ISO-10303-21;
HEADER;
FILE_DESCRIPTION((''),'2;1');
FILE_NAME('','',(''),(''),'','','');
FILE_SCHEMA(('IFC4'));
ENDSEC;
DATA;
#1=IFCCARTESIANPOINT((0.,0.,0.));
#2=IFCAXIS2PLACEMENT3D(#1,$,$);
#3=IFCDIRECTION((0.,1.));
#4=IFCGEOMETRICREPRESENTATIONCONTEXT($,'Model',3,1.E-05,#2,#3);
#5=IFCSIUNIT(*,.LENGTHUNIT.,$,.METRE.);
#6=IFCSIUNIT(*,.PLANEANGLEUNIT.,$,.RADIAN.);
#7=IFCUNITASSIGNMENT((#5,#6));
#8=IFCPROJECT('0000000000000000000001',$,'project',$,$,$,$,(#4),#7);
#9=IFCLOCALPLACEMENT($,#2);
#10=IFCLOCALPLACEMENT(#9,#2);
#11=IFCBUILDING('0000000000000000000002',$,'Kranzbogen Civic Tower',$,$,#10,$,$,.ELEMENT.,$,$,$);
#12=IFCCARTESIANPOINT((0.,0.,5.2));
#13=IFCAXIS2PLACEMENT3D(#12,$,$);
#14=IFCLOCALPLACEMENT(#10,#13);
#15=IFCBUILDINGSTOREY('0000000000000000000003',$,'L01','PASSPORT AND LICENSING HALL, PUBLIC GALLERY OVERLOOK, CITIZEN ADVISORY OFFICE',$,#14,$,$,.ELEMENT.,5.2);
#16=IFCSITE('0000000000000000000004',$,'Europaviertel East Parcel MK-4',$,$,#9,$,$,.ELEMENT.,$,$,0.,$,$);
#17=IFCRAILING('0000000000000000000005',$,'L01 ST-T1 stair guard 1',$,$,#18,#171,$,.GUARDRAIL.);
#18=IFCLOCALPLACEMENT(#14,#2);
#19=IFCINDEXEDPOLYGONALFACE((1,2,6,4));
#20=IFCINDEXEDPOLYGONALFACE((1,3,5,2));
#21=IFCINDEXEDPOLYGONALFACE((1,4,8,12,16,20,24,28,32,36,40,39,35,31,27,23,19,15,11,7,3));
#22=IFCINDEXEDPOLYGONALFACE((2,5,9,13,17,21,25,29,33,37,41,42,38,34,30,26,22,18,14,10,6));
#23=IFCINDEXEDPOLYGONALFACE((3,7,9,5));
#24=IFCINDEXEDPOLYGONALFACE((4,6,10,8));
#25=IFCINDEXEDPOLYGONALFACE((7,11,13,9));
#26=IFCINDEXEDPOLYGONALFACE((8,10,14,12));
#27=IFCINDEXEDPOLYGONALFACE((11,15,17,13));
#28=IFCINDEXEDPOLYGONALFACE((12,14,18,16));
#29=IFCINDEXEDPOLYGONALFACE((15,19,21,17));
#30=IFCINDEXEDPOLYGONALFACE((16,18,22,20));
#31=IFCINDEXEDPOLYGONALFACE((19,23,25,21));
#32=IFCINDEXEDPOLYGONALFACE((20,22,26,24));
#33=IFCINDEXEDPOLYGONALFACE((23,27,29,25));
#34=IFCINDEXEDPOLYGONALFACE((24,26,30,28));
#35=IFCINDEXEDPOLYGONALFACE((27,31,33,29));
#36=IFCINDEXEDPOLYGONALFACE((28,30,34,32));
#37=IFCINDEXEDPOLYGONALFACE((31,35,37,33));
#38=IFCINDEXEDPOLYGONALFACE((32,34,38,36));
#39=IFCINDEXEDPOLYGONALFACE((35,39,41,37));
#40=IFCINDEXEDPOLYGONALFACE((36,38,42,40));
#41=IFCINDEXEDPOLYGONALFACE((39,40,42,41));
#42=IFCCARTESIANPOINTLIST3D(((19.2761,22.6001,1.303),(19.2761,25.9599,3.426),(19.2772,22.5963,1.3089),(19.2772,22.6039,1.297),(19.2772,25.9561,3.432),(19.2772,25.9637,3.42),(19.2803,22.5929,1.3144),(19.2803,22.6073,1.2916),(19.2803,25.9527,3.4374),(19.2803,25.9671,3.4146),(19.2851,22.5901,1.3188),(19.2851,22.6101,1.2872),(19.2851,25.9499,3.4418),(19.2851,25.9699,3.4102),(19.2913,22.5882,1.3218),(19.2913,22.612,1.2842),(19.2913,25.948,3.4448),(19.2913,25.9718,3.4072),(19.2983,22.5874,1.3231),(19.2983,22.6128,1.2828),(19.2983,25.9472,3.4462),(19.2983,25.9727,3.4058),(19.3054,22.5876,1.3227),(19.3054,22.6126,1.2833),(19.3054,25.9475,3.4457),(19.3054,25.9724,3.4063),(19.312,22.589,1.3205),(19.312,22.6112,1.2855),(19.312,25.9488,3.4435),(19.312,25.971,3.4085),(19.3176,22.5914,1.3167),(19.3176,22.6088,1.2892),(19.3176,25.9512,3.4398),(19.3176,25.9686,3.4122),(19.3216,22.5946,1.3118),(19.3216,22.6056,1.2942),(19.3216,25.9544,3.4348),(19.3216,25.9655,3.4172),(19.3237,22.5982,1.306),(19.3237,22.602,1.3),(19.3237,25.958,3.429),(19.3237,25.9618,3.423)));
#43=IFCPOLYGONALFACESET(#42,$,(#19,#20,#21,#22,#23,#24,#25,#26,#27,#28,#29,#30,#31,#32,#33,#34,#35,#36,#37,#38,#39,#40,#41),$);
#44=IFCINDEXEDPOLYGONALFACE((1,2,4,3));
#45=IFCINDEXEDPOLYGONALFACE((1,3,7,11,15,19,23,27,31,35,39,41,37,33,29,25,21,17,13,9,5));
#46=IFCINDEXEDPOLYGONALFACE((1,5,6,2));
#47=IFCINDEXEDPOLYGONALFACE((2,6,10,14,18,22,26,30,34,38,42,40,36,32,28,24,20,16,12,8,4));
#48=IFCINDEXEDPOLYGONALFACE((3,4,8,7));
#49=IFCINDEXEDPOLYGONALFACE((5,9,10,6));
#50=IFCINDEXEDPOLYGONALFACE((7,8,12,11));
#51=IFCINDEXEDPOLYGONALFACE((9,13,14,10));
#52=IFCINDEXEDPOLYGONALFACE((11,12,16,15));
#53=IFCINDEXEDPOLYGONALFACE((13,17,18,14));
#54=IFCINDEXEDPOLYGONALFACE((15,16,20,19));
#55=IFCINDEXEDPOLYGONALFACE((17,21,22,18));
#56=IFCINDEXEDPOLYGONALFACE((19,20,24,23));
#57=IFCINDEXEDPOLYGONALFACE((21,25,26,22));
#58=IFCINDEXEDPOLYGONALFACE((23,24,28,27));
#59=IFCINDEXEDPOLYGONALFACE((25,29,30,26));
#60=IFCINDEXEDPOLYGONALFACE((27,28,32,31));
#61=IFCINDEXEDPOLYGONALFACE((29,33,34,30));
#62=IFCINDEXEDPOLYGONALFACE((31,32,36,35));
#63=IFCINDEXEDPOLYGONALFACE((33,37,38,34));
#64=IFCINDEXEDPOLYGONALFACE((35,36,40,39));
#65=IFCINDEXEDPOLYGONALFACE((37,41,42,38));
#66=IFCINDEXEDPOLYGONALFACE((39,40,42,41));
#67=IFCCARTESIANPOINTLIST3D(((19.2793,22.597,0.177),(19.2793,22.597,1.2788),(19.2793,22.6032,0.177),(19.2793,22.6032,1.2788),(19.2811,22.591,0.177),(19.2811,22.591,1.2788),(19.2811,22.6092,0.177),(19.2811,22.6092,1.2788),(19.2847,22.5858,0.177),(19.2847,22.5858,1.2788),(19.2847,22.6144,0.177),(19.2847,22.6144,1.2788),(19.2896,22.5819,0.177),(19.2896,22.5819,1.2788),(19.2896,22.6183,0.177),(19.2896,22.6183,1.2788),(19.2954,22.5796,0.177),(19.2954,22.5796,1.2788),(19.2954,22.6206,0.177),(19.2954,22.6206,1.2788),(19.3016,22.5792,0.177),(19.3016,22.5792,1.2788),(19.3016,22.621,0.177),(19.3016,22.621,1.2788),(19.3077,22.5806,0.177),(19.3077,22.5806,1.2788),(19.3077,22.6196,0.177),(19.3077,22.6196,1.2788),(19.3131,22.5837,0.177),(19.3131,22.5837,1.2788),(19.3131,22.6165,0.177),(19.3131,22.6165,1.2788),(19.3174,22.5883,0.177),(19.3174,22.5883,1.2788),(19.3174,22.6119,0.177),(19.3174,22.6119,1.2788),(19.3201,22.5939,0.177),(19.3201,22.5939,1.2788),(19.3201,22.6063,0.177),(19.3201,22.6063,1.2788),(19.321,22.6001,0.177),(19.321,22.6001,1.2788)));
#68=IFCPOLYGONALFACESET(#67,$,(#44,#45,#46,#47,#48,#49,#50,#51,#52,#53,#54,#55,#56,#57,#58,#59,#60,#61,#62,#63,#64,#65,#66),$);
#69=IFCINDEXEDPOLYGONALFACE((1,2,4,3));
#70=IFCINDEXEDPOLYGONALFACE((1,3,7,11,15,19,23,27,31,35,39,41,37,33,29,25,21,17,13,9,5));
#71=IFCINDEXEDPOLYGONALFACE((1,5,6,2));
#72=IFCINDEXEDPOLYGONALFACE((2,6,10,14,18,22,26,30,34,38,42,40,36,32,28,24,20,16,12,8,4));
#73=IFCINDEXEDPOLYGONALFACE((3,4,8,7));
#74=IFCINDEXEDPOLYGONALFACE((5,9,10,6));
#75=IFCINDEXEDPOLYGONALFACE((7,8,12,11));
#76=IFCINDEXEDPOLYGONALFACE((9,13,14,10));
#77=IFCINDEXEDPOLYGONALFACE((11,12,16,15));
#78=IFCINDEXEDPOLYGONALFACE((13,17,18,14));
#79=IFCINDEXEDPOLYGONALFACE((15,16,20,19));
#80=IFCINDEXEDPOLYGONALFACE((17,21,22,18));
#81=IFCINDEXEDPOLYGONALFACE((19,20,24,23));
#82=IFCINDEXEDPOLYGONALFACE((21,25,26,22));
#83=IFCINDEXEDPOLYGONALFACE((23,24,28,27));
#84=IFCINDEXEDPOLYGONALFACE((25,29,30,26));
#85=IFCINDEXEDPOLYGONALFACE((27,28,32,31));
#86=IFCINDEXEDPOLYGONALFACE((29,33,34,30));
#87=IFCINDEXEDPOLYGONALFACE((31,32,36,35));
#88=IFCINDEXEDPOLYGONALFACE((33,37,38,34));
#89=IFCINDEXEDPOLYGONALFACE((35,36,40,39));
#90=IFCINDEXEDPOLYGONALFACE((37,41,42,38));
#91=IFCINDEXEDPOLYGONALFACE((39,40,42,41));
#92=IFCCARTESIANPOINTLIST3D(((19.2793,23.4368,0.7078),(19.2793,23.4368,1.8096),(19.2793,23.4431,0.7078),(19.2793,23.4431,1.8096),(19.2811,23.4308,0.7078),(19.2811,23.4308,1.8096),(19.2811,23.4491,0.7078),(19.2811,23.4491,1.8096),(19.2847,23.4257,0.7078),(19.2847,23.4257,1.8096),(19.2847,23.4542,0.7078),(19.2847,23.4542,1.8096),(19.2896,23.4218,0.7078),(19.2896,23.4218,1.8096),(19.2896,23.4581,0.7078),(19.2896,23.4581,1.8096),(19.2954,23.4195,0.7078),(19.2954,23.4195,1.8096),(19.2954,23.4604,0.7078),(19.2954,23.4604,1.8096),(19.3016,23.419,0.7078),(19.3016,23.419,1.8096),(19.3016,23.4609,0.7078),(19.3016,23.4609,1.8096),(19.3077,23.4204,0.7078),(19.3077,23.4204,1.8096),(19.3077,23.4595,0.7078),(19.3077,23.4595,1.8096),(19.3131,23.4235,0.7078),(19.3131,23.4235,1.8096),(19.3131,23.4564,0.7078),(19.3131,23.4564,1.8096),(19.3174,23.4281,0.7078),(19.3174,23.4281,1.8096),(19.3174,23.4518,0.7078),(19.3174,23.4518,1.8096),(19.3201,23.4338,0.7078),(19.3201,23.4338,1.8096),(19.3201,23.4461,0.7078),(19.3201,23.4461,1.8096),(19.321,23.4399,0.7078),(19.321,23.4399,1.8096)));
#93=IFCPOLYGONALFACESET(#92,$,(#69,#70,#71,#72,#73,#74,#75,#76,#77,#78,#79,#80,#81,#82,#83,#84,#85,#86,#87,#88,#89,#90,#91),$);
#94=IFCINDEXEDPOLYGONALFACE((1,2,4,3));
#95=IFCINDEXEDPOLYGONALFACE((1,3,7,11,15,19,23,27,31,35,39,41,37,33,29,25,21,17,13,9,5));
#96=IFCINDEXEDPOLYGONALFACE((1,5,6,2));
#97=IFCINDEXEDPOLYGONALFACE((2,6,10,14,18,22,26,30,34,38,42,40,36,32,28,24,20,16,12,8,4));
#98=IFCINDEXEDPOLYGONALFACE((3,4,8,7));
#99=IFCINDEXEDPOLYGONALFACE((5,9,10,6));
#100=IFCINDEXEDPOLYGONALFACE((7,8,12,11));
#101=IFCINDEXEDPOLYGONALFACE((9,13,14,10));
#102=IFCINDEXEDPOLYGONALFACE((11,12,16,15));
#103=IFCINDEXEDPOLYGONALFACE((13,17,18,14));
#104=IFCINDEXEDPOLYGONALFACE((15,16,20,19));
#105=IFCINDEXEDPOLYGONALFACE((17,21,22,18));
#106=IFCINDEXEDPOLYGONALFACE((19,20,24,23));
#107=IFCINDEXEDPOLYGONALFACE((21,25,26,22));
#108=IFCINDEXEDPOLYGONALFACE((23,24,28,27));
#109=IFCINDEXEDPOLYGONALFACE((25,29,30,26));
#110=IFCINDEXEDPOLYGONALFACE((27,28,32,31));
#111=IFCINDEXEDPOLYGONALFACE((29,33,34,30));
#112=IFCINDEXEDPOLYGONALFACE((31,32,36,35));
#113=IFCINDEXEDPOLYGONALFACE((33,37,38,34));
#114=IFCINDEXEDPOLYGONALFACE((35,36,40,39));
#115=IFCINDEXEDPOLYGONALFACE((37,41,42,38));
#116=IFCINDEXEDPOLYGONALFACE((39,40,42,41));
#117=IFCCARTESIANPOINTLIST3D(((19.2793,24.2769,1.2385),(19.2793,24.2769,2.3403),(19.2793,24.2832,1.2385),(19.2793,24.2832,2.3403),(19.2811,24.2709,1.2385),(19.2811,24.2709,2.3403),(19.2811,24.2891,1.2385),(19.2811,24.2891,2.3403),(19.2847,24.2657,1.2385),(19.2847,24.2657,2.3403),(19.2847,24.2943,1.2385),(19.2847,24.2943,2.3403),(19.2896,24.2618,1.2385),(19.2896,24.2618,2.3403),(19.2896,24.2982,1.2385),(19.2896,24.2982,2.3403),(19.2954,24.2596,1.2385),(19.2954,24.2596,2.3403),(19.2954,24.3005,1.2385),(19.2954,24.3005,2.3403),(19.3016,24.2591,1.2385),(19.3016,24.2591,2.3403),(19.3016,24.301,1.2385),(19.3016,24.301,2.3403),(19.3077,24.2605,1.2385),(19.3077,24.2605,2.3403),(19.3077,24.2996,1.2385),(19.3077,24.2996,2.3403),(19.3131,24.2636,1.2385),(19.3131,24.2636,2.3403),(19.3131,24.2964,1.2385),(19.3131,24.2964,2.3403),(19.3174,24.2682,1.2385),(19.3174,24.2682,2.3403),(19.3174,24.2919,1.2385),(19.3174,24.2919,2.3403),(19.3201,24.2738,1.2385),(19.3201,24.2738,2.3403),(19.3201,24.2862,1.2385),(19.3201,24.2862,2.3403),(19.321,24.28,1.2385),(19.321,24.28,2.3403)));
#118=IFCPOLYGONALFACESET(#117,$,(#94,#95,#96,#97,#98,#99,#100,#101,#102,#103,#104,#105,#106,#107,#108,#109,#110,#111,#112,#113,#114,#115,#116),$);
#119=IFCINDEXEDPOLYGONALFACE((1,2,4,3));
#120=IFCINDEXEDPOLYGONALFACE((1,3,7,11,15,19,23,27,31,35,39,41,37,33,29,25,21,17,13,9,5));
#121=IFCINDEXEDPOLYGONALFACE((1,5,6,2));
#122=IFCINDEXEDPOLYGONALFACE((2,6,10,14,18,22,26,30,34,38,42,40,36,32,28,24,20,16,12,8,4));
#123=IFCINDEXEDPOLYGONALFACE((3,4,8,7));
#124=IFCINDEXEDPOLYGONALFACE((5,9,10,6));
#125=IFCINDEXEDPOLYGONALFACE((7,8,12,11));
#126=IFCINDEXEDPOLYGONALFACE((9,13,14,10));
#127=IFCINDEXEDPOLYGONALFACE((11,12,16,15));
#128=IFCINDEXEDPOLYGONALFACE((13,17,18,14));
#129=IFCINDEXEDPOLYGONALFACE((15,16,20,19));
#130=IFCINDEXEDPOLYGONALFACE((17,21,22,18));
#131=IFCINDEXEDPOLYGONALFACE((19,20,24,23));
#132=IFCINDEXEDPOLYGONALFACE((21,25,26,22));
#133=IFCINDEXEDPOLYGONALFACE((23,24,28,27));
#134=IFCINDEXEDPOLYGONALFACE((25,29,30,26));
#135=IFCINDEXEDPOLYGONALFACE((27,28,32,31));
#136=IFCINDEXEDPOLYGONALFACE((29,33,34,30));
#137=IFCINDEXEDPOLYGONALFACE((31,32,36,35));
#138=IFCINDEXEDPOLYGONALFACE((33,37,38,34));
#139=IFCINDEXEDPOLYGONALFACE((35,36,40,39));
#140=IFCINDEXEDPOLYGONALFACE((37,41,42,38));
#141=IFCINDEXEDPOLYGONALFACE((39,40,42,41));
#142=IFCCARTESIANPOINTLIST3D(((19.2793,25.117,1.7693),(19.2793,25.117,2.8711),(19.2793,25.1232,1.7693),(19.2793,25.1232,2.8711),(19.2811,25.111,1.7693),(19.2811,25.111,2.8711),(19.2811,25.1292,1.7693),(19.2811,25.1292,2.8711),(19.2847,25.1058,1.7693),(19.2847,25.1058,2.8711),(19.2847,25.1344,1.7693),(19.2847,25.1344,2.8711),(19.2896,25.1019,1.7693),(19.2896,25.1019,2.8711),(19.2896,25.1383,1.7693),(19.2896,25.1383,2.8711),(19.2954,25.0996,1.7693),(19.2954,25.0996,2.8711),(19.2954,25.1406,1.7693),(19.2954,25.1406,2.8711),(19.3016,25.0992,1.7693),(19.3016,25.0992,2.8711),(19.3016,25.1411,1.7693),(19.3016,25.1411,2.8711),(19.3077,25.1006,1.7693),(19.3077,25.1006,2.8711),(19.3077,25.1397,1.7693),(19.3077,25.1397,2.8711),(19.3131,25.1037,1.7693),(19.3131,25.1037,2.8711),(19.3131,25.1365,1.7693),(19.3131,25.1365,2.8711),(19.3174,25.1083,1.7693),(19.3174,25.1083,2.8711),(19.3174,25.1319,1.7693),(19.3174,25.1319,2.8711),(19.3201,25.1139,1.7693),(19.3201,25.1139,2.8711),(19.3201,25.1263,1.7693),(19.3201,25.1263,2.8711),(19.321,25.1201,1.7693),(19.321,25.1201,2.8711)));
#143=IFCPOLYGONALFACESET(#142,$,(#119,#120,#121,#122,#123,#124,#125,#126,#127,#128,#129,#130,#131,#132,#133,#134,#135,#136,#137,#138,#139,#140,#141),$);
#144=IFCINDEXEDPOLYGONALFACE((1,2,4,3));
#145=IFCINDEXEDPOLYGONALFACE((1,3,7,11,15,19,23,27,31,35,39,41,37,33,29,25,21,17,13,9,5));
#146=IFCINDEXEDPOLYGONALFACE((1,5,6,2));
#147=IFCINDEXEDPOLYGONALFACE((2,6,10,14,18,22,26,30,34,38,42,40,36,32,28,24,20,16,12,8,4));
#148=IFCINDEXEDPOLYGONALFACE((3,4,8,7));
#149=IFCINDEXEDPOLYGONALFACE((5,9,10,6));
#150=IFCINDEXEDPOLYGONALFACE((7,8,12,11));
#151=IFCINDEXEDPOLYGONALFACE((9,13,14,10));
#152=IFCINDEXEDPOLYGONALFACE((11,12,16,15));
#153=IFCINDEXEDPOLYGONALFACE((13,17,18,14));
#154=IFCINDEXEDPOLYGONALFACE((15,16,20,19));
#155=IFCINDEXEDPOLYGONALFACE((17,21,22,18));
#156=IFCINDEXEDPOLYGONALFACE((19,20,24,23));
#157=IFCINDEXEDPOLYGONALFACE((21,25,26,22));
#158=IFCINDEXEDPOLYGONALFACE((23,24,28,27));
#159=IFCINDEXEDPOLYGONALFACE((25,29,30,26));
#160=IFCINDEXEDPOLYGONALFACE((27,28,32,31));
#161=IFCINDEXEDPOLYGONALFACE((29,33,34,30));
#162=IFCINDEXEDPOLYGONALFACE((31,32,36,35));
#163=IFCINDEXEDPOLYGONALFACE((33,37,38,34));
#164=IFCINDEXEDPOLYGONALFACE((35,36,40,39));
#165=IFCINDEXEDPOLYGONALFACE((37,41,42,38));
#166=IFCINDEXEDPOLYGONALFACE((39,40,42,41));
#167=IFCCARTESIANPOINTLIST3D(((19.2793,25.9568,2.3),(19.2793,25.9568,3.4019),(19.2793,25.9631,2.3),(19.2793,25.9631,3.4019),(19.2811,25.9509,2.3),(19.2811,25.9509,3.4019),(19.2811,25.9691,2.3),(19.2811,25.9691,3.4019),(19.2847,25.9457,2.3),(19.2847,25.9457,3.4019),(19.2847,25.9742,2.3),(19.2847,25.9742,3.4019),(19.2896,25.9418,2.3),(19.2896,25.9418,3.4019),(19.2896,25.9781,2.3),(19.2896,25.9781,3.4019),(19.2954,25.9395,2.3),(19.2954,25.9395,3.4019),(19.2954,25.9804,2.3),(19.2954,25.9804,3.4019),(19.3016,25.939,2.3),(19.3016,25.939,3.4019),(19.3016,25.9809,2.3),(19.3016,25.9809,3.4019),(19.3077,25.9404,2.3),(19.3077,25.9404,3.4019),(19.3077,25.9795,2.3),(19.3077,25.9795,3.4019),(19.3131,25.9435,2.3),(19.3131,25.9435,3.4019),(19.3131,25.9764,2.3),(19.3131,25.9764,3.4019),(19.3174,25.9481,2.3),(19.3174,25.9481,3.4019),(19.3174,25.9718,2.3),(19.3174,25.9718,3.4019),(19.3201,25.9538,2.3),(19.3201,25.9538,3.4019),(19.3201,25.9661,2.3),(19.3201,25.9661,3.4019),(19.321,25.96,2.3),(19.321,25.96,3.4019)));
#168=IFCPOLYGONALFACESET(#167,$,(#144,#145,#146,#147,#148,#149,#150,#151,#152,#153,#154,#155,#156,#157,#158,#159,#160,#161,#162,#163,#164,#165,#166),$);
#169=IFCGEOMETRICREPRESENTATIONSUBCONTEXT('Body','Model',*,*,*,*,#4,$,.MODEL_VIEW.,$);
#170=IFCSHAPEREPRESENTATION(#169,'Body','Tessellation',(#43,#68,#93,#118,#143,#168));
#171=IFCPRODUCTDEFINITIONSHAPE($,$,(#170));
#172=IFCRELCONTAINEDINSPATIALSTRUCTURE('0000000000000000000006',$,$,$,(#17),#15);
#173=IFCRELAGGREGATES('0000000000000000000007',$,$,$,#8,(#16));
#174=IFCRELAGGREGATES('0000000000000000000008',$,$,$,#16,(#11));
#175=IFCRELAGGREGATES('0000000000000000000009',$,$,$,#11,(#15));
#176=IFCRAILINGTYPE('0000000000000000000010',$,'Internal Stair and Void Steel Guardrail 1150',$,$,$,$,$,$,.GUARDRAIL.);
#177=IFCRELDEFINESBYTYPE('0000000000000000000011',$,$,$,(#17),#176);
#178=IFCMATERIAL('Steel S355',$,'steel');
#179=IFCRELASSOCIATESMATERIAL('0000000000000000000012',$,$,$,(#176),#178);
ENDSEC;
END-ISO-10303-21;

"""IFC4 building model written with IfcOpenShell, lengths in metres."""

from ifc_helpers import new_model, si_unit, direction, frame, origin, origin_2d, place, context, subcontext, project, spatial, circle, extrude, material, type_object, element, save


model = new_model("IFC4")

# Units and contexts
model_context = context("Model", 3, precision=1e-05, world=origin(), true_north=direction((0.0, 1.0)))
body_context = subcontext(model_context, "Body", "Model", "MODEL_VIEW")
ifc_project = project(units=[si_unit("LENGTHUNIT", "METRE"), si_unit("PLANEANGLEUNIT", "RADIAN")], contexts=[model_context])

# Site, building, storey
site_placement = place(None, origin())
site = spatial("IfcSite", under=ifc_project, at=site_placement, Name="Europaviertel East Parcel MK-4", CompositionType="ELEMENT", RefElevation=0.0)
building_placement = place(site_placement, origin())
building = spatial("IfcBuilding", under=site, at=building_placement, Name="Kranzbogen Civic Tower", CompositionType="ELEMENT")
storey_placement = place(building_placement, frame((0.0, 0.0, 5.2)))
storey = spatial("IfcBuildingStorey", under=building, at=storey_placement, Name="L01", Description="PASSPORT AND LICENSING HALL, PUBLIC GALLERY OVERLOOK, CITIZEN ADVISORY OFFICE", CompositionType="ELEMENT", Elevation=5.2)

# Shared definitions
ifc_material_1 = material(Name="Steel S355", Category="steel")

# Railing
railing_type_1 = type_object("IfcRailingType", Name="Internal Stair and Void Steel Guardrail 1150", PredefinedType="GUARDRAIL", material=ifc_material_1)
railing_1_placement = place(storey_placement, frame((19.3, 22.6001, 0.177)))
element("IfcRailing", 1, at=railing_1_placement, inside=storey, type_object=railing_type_1, Name="L01 ST-T1 stair guard 1", PredefinedType="GUARDRAIL", context=body_context, shape_type="SweptSolid", body=[
    extrude(circle(Radius=0.0239, at=origin_2d()), frame((0.0, 0.0, 1.126), z_axis=(0.0, 0.845372, 0.534178), x_axis=(-1.0, 0.0, 0.0)), (0.0, 0.0, 1.0), 3.9744),
    extrude(circle(Radius=0.021, at=origin_2d()), origin(), (0.0, 0.0, 1.0), 1.1018),
    extrude(circle(Radius=0.021, at=origin_2d()), frame((0.0, 0.8398, 0.5308)), (0.0, 0.0, 1.0), 1.1018),
    extrude(circle(Radius=0.021, at=origin_2d()), frame((0.0, 1.6799, 1.0615)), (0.0, 0.0, 1.0), 1.1018),
    extrude(circle(Radius=0.021, at=origin_2d()), frame((0.0, 2.52, 1.5923)), (0.0, 0.0, 1.0), 1.1018),
    extrude(circle(Radius=0.021, at=origin_2d()), frame((0.0, 3.3599, 2.123)), (0.0, 0.0, 1.0), 1.1018),
])

save(model, "model.ifc")
